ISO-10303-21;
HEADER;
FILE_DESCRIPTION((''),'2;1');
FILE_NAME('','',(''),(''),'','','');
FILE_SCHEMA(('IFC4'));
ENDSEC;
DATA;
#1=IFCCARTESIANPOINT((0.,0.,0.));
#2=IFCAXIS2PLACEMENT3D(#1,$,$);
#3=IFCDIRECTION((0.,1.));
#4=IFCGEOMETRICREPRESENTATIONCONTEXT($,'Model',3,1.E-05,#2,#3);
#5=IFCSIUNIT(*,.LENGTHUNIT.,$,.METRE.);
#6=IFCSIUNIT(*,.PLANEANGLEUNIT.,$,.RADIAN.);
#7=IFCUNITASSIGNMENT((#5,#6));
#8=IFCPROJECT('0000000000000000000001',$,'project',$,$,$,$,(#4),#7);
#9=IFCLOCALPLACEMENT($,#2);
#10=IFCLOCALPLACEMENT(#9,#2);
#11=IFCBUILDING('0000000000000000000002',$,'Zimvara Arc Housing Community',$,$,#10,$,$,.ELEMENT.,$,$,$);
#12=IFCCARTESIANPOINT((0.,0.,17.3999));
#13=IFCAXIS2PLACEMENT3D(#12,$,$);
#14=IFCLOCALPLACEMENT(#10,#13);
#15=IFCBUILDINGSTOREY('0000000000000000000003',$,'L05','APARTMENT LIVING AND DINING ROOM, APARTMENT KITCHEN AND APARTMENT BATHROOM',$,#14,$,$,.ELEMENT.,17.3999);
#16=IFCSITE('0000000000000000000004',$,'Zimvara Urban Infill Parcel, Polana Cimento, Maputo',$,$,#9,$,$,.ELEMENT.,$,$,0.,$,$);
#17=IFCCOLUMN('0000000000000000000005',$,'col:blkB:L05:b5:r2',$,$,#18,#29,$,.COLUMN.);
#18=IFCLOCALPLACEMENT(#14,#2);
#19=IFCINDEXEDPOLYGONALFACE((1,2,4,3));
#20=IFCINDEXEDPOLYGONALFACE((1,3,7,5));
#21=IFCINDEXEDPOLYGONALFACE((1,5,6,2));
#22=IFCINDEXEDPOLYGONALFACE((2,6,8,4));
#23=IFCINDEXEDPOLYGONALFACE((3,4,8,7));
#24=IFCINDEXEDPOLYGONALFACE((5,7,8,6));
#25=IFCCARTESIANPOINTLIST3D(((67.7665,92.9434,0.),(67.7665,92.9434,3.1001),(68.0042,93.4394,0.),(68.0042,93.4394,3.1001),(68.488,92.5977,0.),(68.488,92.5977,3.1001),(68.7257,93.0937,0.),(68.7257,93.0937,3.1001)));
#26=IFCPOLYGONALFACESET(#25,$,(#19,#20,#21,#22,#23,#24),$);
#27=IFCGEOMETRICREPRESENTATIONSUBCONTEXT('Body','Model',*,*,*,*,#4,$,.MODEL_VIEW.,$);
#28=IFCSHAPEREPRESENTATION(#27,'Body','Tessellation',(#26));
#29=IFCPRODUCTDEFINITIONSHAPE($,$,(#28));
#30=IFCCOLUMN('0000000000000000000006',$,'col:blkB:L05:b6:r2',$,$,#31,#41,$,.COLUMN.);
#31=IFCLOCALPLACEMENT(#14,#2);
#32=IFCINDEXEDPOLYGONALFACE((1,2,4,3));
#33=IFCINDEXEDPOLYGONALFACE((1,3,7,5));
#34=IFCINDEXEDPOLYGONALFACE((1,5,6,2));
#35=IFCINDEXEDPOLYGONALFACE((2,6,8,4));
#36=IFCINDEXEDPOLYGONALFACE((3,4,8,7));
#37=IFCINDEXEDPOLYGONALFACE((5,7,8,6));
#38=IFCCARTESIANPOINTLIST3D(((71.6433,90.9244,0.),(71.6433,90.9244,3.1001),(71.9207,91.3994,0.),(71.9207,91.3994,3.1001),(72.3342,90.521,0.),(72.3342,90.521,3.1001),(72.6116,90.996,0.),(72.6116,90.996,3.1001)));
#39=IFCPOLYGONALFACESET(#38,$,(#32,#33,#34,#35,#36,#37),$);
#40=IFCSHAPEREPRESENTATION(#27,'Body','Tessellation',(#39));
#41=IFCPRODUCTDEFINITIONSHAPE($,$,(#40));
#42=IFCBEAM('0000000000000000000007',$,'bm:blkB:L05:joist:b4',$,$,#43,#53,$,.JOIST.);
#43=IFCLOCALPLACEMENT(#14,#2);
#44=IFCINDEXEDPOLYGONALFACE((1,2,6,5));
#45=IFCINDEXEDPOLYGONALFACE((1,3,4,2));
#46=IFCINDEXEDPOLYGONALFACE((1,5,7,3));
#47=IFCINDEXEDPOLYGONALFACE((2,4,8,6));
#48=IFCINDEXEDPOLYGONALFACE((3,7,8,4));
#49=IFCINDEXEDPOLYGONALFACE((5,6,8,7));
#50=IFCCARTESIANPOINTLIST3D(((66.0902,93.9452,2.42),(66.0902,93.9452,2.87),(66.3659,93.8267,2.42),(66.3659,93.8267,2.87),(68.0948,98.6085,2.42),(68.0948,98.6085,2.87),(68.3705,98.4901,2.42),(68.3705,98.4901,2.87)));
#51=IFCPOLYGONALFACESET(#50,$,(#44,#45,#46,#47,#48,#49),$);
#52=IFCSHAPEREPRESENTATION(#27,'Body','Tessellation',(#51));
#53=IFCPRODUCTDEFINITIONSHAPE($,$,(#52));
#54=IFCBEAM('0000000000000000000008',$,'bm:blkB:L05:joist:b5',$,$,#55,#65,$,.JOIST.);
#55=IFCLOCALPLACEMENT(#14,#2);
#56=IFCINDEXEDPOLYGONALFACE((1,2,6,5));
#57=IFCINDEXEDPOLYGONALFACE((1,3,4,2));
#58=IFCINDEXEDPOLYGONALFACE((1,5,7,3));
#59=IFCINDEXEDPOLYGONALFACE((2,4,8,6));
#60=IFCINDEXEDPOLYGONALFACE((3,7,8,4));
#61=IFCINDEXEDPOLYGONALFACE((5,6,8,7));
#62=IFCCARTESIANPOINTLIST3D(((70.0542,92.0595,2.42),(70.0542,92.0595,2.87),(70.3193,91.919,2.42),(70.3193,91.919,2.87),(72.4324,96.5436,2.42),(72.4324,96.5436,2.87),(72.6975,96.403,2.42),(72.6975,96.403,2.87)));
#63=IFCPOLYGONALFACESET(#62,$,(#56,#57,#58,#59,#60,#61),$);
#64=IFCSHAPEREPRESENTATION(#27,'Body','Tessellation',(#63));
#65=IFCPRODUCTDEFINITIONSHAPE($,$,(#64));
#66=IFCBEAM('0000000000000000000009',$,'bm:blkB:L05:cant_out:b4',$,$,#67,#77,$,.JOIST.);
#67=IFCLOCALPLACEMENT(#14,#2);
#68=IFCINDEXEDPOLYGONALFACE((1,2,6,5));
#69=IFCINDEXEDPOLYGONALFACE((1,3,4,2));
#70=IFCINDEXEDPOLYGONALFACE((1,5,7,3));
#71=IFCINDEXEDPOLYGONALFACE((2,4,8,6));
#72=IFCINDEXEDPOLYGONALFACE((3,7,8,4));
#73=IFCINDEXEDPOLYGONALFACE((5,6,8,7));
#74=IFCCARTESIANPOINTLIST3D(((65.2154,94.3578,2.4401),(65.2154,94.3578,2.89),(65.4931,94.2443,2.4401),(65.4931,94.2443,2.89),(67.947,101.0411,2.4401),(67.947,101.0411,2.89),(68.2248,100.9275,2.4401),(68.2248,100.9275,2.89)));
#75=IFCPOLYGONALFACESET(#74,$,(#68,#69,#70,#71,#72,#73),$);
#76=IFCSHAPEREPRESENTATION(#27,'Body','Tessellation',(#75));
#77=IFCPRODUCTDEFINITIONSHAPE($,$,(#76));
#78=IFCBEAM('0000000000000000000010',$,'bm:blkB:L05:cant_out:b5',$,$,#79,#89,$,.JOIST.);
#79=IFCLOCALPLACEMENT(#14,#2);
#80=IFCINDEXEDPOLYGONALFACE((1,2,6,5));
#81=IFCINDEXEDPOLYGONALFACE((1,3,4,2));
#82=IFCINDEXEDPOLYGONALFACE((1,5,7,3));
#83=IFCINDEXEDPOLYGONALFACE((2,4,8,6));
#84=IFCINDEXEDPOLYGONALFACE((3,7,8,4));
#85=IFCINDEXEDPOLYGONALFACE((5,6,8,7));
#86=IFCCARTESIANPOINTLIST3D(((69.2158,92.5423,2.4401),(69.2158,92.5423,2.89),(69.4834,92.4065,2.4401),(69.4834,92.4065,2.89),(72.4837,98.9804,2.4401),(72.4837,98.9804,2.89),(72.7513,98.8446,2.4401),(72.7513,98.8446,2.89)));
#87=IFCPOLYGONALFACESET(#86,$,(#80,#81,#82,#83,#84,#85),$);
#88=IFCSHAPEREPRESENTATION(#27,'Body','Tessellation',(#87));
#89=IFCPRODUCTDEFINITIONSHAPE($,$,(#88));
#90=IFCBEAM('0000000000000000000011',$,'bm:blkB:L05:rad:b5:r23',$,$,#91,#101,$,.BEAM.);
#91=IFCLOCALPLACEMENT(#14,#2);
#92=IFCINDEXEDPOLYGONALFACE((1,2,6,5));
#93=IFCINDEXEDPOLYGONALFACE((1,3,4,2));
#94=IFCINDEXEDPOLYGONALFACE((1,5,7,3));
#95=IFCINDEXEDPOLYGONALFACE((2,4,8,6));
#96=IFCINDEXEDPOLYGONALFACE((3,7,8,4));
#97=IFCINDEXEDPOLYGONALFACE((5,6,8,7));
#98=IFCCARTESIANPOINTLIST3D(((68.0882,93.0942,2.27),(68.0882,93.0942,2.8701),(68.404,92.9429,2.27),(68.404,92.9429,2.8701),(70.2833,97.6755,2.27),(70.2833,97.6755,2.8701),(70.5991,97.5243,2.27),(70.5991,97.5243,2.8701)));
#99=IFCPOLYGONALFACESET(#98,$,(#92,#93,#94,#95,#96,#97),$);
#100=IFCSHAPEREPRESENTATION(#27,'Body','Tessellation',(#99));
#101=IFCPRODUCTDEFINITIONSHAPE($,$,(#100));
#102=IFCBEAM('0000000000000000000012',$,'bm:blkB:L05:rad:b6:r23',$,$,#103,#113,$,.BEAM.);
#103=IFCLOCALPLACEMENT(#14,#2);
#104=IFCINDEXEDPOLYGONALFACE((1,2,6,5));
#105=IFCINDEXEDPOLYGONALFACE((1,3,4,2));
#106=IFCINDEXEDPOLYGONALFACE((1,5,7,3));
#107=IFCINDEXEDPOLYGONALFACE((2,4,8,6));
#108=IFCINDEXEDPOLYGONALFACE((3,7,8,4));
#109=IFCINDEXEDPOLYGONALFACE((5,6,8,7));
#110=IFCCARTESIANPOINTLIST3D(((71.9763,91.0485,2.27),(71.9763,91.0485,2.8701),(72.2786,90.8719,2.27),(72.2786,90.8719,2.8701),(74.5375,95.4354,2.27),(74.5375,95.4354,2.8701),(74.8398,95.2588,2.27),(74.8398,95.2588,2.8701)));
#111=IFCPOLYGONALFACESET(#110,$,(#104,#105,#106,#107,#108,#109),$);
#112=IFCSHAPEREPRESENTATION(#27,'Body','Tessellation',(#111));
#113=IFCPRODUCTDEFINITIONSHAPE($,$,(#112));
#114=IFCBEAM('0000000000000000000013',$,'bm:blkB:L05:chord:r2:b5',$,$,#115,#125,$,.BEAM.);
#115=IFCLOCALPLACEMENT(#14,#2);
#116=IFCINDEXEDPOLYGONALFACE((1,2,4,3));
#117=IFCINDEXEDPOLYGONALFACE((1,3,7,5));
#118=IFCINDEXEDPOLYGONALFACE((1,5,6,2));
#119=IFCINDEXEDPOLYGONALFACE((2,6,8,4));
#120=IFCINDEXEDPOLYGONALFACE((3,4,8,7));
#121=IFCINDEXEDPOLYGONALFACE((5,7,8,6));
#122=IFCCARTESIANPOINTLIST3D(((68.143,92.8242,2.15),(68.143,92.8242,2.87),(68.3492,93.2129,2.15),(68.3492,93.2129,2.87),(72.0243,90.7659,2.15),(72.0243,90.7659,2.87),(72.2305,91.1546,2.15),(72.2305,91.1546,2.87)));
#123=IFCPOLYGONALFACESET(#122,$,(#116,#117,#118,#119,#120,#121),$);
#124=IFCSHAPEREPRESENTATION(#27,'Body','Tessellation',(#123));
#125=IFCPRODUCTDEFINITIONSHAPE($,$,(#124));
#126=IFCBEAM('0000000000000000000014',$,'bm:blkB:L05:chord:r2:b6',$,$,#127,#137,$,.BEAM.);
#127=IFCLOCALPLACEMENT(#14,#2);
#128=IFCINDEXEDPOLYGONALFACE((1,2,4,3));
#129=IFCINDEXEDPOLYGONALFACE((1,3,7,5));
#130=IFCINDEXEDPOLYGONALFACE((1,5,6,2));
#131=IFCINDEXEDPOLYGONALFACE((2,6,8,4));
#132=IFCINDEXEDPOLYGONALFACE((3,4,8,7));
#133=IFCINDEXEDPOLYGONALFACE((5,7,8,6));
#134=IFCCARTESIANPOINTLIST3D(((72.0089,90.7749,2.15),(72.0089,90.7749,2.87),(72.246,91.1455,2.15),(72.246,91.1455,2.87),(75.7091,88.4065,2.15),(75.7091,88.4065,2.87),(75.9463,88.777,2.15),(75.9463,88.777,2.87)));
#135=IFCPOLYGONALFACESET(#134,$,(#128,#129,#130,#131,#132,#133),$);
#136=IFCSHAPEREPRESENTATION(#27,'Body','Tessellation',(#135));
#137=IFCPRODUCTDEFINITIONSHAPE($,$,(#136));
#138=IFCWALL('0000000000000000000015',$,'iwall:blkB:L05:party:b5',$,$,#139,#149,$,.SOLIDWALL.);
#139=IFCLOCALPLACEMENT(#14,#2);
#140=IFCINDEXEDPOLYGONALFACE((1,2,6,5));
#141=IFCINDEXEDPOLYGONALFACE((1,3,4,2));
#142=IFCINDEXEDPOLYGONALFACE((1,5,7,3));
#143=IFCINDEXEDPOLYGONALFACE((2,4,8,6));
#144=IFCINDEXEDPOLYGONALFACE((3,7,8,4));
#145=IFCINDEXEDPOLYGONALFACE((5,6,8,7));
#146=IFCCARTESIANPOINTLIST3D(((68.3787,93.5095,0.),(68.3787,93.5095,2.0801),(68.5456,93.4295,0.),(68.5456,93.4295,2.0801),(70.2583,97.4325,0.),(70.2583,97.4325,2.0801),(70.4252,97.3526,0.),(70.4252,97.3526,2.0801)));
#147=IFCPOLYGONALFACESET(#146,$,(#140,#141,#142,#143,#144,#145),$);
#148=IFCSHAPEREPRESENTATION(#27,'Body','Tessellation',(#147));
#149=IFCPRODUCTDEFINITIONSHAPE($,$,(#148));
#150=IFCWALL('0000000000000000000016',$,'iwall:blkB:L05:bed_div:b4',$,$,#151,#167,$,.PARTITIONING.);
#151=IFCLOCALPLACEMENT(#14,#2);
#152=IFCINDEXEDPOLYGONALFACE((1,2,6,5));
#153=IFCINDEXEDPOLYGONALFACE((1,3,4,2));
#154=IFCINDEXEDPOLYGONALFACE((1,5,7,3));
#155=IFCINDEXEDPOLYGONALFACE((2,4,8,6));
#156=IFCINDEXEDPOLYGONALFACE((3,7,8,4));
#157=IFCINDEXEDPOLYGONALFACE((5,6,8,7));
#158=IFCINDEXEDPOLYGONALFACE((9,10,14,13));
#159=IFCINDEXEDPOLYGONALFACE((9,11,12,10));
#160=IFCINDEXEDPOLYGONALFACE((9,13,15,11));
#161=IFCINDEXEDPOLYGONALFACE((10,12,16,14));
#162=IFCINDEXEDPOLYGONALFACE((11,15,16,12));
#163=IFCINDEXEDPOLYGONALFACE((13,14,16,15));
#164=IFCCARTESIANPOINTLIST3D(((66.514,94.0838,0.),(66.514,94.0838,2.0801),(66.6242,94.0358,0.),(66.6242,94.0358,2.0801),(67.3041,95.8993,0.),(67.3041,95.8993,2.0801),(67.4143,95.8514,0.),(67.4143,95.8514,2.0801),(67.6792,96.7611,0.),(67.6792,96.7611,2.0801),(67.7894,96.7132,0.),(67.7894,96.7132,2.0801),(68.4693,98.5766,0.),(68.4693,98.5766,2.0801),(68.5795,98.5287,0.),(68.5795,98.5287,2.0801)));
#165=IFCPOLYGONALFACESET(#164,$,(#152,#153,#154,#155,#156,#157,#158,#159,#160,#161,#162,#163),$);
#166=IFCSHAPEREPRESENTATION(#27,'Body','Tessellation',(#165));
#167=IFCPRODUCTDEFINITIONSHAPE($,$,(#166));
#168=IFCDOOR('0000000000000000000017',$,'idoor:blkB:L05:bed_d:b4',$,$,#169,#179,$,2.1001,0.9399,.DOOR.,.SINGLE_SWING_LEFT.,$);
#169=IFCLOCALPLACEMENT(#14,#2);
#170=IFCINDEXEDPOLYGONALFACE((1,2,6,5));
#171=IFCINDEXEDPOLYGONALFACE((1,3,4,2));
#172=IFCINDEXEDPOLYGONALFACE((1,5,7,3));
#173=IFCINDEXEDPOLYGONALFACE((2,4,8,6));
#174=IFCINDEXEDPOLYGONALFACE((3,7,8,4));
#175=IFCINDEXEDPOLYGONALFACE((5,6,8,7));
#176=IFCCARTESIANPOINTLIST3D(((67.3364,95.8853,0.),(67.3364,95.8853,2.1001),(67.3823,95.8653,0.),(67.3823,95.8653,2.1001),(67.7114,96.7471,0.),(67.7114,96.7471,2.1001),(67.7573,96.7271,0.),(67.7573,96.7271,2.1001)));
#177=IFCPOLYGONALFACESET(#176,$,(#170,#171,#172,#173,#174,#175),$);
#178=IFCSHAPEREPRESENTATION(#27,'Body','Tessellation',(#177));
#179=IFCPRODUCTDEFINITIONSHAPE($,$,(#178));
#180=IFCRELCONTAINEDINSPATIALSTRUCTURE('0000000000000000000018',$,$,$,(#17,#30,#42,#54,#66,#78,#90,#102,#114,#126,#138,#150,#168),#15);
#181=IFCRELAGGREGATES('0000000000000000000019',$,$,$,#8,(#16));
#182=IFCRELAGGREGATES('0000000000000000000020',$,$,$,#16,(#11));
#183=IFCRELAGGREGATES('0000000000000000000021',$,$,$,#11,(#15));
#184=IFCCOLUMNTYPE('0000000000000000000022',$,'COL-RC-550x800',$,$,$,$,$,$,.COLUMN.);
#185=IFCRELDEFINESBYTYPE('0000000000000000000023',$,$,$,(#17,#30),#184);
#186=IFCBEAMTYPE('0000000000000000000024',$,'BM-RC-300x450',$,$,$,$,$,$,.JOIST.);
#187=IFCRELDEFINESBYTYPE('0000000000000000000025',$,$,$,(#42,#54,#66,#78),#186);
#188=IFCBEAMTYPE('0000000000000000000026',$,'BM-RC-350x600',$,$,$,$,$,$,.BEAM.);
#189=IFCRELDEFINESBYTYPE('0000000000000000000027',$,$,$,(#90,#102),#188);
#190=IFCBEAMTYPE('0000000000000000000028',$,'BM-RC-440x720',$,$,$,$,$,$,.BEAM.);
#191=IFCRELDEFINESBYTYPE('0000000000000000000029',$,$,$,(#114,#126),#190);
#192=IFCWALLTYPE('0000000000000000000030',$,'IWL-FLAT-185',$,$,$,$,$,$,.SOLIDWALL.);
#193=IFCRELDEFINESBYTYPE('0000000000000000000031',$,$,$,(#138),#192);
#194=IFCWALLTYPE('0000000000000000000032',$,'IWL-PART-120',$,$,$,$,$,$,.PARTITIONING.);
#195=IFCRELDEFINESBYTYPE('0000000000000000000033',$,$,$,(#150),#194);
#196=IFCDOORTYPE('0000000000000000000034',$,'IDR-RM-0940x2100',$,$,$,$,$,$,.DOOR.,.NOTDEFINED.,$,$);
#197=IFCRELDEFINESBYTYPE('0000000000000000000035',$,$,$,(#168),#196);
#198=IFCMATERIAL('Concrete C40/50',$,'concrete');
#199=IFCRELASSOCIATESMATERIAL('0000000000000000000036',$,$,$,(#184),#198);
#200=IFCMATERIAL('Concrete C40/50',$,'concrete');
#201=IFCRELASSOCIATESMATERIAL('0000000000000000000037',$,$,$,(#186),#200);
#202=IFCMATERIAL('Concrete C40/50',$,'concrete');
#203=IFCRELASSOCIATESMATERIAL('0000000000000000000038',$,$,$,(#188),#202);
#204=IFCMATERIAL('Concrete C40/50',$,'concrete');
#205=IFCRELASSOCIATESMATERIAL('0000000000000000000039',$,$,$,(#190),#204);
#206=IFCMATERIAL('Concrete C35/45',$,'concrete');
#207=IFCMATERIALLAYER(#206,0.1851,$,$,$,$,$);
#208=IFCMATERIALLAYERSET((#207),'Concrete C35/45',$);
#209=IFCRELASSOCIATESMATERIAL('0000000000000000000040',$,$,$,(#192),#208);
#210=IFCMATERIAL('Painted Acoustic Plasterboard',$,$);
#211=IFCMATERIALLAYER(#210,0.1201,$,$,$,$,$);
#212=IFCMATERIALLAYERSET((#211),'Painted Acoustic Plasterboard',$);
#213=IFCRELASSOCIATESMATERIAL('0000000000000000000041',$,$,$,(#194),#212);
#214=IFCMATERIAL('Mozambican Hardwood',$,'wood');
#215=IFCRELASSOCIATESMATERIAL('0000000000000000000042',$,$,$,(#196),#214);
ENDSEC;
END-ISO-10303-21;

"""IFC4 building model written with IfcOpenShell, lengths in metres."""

from ifc_helpers import new_model, si_unit, direction, frame, frame_2d, origin, origin_2d, place, context, subcontext, project, spatial, rectangle, extrude, material, layer, layer_set, material_profile, profile_set, type_object, element, fill, save


model = new_model("IFC4")

# Units and contexts
model_context = context("Model", 3, precision=1e-05, world=origin(), true_north=direction((0.0, 1.0)))
body_context = subcontext(model_context, "Body", "Model", "MODEL_VIEW")
ifc_project = project(units=[si_unit("LENGTHUNIT", "METRE"), si_unit("PLANEANGLEUNIT", "RADIAN")], contexts=[model_context])

# Site, building, storey
site_placement = place(None, origin())
site = spatial("IfcSite", under=ifc_project, at=site_placement, Name="Zimvara Urban Infill Parcel, Polana Cimento, Maputo", CompositionType="ELEMENT", RefElevation=0.0)
building_placement = place(site_placement, origin())
building = spatial("IfcBuilding", under=site, at=building_placement, Name="Zimvara Arc Housing Community", CompositionType="ELEMENT")
storey_placement = place(building_placement, frame((0.0, 0.0, 17.3999)))
storey = spatial("IfcBuildingStorey", under=building, at=storey_placement, Name="L05", Description="APARTMENT LIVING AND DINING ROOM, APARTMENT KITCHEN AND APARTMENT BATHROOM", CompositionType="ELEMENT", Elevation=17.3999)

# Columns
ifc_material_1 = material(Name="Concrete C40/50", Category="concrete")
ifc_material_profile_1 = material_profile(ifc_material_1, rectangle(XDim=0.55, YDim=0.8, at=origin_2d()), Name="RC 550x800")
ifc_profile_set_1 = profile_set([ifc_material_profile_1], Name="Concrete C40/50")
column_type = type_object("IfcColumnType", Name="COL-RC-550x800", PredefinedType="COLUMN", material=ifc_profile_set_1)
for number, where, z_axis, x_axis, name in (
    (1, (68.2461, 93.0186, 0.0), (0.0, 0.0, 1.0), (0.432086, 0.901833, 0.0), "col:blkB:L05:b5:r2"),
    (2, (72.1274, 90.9602, 0.0), (0.0, 0.0, 1.0), (0.504226, 0.863572, 0.0), "col:blkB:L05:b6:r2"),
):
    element("IfcColumn", number, at=place(storey_placement, frame(where, z_axis=z_axis, x_axis=x_axis)), inside=storey, type_object=column_type, Name=name, PredefinedType="COLUMN", context=body_context, shape_type="SweptSolid", body=[
        extrude(rectangle(XDim=0.55, YDim=0.8, at=origin_2d()), origin(), (0.0, 0.0, 1.0), 3.1001),
    ])

# Beams
ifc_material_2 = material(Name="Concrete C40/50", Category="concrete")
ifc_material_profile_2 = material_profile(ifc_material_2, rectangle(XDim=0.3, YDim=0.45, at=origin_2d()), Name="RC 300x450")
ifc_profile_set_2 = profile_set([ifc_material_profile_2], Name="Concrete C40/50")
beam_type_1 = type_object("IfcBeamType", Name="BM-RC-300x450", PredefinedType="JOIST", material=ifc_profile_set_2)
beam_1_placement = place(storey_placement, frame((66.228, 93.886, 2.645), z_axis=(0.394929, 0.918712, 0.0), x_axis=(-0.918712, 0.394929, 0.0)))
element("IfcBeam", 3, at=beam_1_placement, inside=storey, type_object=beam_type_1, Name="bm:blkB:L05:joist:b4", PredefinedType="JOIST", context=body_context, shape_type="SweptSolid", body=[
    extrude(rectangle(XDim=0.3, YDim=0.45, at=origin_2d()), origin(), (0.0, 0.0, 1.0), 5.0759),
])
beam_2_placement = place(storey_placement, frame((70.1868, 91.9893, 2.645), z_axis=(0.468537, 0.883444, 0.0), x_axis=(-0.883444, 0.468537, 0.0)))
element("IfcBeam", 4, at=beam_2_placement, inside=storey, type_object=beam_type_1, Name="bm:blkB:L05:joist:b5", PredefinedType="JOIST", context=body_context, shape_type="SweptSolid", body=[
    extrude(rectangle(XDim=0.3, YDim=0.45, at=origin_2d()), origin(), (0.0, 0.0, 1.0), 5.0757),
])
for number, where, z_axis, x_axis, name in (
    (5, (65.3542, 94.301, 2.665), (0.378347, 0.925664, 0.0), (-0.925664, 0.378347, 0.0), "bm:blkB:L05:cant_out:b4"),
    (6, (69.3496, 92.4744, 2.665), (0.452616, 0.891706, 0.0), (-0.891706, 0.452616, 0.0), "bm:blkB:L05:cant_out:b5"),
):
    element("IfcBeam", number, at=place(storey_placement, frame(where, z_axis=z_axis, x_axis=x_axis)), inside=storey, type_object=beam_type_1, Name=name, PredefinedType="JOIST", context=body_context, shape_type="SweptSolid", body=[
        extrude(rectangle(XDim=0.3, YDim=0.45, at=origin_2d()), origin(), (0.0, 0.0, 1.0), 7.22),
    ])
ifc_material_3 = material(Name="Concrete C40/50", Category="concrete")
ifc_material_profile_3 = material_profile(ifc_material_3, rectangle(XDim=0.3501, YDim=0.6001, at=origin_2d()), Name="RC 350x600")
ifc_profile_set_3 = profile_set([ifc_material_profile_3], Name="Concrete C40/50")
beam_type_2 = type_object("IfcBeamType", Name="BM-RC-350x600", PredefinedType="BEAM", material=ifc_profile_set_3)
beam_3_placement = place(storey_placement, frame((68.2461, 93.0186, 2.5701), z_axis=(0.432098, 0.901827, 0.0), x_axis=(-0.901827, 0.432098, 0.0)))
element("IfcBeam", 7, at=beam_3_placement, inside=storey, type_object=beam_type_2, Name="bm:blkB:L05:rad:b5:r23", PredefinedType="BEAM", context=body_context, shape_type="SweptSolid", body=[
    extrude(rectangle(XDim=0.3501, YDim=0.6001, at=origin_2d()), origin(), (0.0, 0.0, 1.0), 5.0801),
])
beam_4_placement = place(storey_placement, frame((72.1274, 90.9602, 2.5701), z_axis=(0.504197, 0.863589, 0.0), x_axis=(-0.863589, 0.504197, 0.0)))
element("IfcBeam", 8, at=beam_4_placement, inside=storey, type_object=beam_type_2, Name="bm:blkB:L05:rad:b6:r23", PredefinedType="BEAM", context=body_context, shape_type="SweptSolid", body=[
    extrude(rectangle(XDim=0.3501, YDim=0.6001, at=origin_2d()), origin(), (0.0, 0.0, 1.0), 5.0798),
])
ifc_material_4 = material(Name="Concrete C40/50", Category="concrete")
ifc_material_profile_4 = material_profile(ifc_material_4, rectangle(XDim=0.4399, YDim=0.72, at=origin_2d()), Name="RC 440x720")
ifc_profile_set_4 = profile_set([ifc_material_profile_4], Name="Concrete C40/50")
beam_type_3 = type_object("IfcBeamType", Name="BM-RC-440x720", PredefinedType="BEAM", material=ifc_profile_set_4)
for number, where, z_axis, x_axis, name in (
    (9, (68.2461, 93.0186, 2.51), (0.883457, -0.468513, 0.0), (0.468513, 0.883457, 0.0), "bm:blkB:L05:chord:r2:b5"),
    (10, (72.1274, 90.9602, 2.51), (0.842242, -0.539099, 0.0), (0.539099, 0.842242, 0.0), "bm:blkB:L05:chord:r2:b6"),
):
    element("IfcBeam", number, at=place(storey_placement, frame(where, z_axis=z_axis, x_axis=x_axis)), inside=storey, type_object=beam_type_3, Name=name, PredefinedType="BEAM", context=body_context, shape_type="SweptSolid", body=[
        extrude(rectangle(XDim=0.4399, YDim=0.72, at=origin_2d()), origin(), (0.0, 0.0, 1.0), 4.3933),
    ])

# Wall
ifc_material_5 = material(Name="Concrete C35/45", Category="concrete")
ifc_layer_1 = layer(ifc_material_5, 0.1851)
ifc_layer_set_1 = layer_set([ifc_layer_1], Name="Concrete C35/45")
wall_type_1 = type_object("IfcWallType", Name="IWL-FLAT-185", PredefinedType="SOLIDWALL", material=ifc_layer_set_1)
wall_1_placement = place(storey_placement, frame((68.4622, 93.4695, 0.0), z_axis=(0.0, 0.0, 1.0), x_axis=(0.432087, 0.901832, 0.0)))
element("IfcWall", 11, at=wall_1_placement, inside=storey, type_object=wall_type_1, Name="iwall:blkB:L05:party:b5", PredefinedType="SOLIDWALL", context=body_context, shape_type="SweptSolid", body=[
    extrude(rectangle(XDim=4.3501, YDim=0.1851, at=frame_2d((2.175, 0.0))), origin(), (0.0, 0.0, 1.0), 2.0801),
])

# Wall, opening, door
ifc_material_6 = material(Name="Painted Acoustic Plasterboard")
ifc_layer_2 = layer(ifc_material_6, 0.1201)
ifc_layer_set_2 = layer_set([ifc_layer_2], Name="Painted Acoustic Plasterboard")
wall_type_2 = type_object("IfcWallType", Name="IWL-PART-120", PredefinedType="PARTITIONING", material=ifc_layer_set_2)
wall_2_placement = place(storey_placement, frame((66.5691, 94.0598, 0.0), z_axis=(0.0, 0.0, 1.0), x_axis=(0.399049, 0.91693, 0.0)))
wall_2 = element("IfcWall", 12, at=wall_2_placement, inside=storey, type_object=wall_type_2, Name="iwall:blkB:L05:bed_div:b4", PredefinedType="PARTITIONING", context=body_context, shape_type="SweptSolid", body=[
    extrude(rectangle(XDim=4.8999, YDim=0.1201, at=frame_2d((2.45, 0.0))), origin(), (0.0, 0.0, 1.0), 2.0801),
])
opening_1_placement = place(wall_2_placement, frame((1.98, 0.0, 0.0)))
opening_1 = element("IfcOpeningElement", 13, at=opening_1_placement, cuts=wall_2, PredefinedType="OPENING", context=body_context, shape_type="SweptSolid", body=[
    extrude(rectangle(XDim=0.9399, YDim=2.1001, at=frame_2d((0.47, 1.05))), frame((0.0, 0.0701, 0.0), z_axis=(0.0, -1.0, 0.0), x_axis=(1.0, 0.0, 0.0)), (0.0, 0.0, 1.0), 0.1401),
])
ifc_material_7 = material(Name="Mozambican Hardwood", Category="wood")
door_type_1 = type_object("IfcDoorType", Name="IDR-RM-0940x2100", OperationType="NOTDEFINED", PredefinedType="DOOR", material=ifc_material_7)
door_1_placement = place(opening_1_placement, origin())
door_1 = element("IfcDoor", 14, at=door_1_placement, inside=storey, type_object=door_type_1, Name="idoor:blkB:L05:bed_d:b4", OperationType="SINGLE_SWING_LEFT", OverallHeight=2.1001, OverallWidth=0.9399, PredefinedType="DOOR", context=body_context, shape_type="SweptSolid", body=[
    extrude(rectangle(XDim=0.9399, YDim=2.1001, at=frame_2d((0.47, 1.05))), frame((0.0, 0.0249, 0.0), z_axis=(0.0, -1.0, 0.0), x_axis=(1.0, 0.0, 0.0)), (0.0, 0.0, 1.0), 0.05),
])
fill(opening_1, door_1)

save(model, "model.ifc")
